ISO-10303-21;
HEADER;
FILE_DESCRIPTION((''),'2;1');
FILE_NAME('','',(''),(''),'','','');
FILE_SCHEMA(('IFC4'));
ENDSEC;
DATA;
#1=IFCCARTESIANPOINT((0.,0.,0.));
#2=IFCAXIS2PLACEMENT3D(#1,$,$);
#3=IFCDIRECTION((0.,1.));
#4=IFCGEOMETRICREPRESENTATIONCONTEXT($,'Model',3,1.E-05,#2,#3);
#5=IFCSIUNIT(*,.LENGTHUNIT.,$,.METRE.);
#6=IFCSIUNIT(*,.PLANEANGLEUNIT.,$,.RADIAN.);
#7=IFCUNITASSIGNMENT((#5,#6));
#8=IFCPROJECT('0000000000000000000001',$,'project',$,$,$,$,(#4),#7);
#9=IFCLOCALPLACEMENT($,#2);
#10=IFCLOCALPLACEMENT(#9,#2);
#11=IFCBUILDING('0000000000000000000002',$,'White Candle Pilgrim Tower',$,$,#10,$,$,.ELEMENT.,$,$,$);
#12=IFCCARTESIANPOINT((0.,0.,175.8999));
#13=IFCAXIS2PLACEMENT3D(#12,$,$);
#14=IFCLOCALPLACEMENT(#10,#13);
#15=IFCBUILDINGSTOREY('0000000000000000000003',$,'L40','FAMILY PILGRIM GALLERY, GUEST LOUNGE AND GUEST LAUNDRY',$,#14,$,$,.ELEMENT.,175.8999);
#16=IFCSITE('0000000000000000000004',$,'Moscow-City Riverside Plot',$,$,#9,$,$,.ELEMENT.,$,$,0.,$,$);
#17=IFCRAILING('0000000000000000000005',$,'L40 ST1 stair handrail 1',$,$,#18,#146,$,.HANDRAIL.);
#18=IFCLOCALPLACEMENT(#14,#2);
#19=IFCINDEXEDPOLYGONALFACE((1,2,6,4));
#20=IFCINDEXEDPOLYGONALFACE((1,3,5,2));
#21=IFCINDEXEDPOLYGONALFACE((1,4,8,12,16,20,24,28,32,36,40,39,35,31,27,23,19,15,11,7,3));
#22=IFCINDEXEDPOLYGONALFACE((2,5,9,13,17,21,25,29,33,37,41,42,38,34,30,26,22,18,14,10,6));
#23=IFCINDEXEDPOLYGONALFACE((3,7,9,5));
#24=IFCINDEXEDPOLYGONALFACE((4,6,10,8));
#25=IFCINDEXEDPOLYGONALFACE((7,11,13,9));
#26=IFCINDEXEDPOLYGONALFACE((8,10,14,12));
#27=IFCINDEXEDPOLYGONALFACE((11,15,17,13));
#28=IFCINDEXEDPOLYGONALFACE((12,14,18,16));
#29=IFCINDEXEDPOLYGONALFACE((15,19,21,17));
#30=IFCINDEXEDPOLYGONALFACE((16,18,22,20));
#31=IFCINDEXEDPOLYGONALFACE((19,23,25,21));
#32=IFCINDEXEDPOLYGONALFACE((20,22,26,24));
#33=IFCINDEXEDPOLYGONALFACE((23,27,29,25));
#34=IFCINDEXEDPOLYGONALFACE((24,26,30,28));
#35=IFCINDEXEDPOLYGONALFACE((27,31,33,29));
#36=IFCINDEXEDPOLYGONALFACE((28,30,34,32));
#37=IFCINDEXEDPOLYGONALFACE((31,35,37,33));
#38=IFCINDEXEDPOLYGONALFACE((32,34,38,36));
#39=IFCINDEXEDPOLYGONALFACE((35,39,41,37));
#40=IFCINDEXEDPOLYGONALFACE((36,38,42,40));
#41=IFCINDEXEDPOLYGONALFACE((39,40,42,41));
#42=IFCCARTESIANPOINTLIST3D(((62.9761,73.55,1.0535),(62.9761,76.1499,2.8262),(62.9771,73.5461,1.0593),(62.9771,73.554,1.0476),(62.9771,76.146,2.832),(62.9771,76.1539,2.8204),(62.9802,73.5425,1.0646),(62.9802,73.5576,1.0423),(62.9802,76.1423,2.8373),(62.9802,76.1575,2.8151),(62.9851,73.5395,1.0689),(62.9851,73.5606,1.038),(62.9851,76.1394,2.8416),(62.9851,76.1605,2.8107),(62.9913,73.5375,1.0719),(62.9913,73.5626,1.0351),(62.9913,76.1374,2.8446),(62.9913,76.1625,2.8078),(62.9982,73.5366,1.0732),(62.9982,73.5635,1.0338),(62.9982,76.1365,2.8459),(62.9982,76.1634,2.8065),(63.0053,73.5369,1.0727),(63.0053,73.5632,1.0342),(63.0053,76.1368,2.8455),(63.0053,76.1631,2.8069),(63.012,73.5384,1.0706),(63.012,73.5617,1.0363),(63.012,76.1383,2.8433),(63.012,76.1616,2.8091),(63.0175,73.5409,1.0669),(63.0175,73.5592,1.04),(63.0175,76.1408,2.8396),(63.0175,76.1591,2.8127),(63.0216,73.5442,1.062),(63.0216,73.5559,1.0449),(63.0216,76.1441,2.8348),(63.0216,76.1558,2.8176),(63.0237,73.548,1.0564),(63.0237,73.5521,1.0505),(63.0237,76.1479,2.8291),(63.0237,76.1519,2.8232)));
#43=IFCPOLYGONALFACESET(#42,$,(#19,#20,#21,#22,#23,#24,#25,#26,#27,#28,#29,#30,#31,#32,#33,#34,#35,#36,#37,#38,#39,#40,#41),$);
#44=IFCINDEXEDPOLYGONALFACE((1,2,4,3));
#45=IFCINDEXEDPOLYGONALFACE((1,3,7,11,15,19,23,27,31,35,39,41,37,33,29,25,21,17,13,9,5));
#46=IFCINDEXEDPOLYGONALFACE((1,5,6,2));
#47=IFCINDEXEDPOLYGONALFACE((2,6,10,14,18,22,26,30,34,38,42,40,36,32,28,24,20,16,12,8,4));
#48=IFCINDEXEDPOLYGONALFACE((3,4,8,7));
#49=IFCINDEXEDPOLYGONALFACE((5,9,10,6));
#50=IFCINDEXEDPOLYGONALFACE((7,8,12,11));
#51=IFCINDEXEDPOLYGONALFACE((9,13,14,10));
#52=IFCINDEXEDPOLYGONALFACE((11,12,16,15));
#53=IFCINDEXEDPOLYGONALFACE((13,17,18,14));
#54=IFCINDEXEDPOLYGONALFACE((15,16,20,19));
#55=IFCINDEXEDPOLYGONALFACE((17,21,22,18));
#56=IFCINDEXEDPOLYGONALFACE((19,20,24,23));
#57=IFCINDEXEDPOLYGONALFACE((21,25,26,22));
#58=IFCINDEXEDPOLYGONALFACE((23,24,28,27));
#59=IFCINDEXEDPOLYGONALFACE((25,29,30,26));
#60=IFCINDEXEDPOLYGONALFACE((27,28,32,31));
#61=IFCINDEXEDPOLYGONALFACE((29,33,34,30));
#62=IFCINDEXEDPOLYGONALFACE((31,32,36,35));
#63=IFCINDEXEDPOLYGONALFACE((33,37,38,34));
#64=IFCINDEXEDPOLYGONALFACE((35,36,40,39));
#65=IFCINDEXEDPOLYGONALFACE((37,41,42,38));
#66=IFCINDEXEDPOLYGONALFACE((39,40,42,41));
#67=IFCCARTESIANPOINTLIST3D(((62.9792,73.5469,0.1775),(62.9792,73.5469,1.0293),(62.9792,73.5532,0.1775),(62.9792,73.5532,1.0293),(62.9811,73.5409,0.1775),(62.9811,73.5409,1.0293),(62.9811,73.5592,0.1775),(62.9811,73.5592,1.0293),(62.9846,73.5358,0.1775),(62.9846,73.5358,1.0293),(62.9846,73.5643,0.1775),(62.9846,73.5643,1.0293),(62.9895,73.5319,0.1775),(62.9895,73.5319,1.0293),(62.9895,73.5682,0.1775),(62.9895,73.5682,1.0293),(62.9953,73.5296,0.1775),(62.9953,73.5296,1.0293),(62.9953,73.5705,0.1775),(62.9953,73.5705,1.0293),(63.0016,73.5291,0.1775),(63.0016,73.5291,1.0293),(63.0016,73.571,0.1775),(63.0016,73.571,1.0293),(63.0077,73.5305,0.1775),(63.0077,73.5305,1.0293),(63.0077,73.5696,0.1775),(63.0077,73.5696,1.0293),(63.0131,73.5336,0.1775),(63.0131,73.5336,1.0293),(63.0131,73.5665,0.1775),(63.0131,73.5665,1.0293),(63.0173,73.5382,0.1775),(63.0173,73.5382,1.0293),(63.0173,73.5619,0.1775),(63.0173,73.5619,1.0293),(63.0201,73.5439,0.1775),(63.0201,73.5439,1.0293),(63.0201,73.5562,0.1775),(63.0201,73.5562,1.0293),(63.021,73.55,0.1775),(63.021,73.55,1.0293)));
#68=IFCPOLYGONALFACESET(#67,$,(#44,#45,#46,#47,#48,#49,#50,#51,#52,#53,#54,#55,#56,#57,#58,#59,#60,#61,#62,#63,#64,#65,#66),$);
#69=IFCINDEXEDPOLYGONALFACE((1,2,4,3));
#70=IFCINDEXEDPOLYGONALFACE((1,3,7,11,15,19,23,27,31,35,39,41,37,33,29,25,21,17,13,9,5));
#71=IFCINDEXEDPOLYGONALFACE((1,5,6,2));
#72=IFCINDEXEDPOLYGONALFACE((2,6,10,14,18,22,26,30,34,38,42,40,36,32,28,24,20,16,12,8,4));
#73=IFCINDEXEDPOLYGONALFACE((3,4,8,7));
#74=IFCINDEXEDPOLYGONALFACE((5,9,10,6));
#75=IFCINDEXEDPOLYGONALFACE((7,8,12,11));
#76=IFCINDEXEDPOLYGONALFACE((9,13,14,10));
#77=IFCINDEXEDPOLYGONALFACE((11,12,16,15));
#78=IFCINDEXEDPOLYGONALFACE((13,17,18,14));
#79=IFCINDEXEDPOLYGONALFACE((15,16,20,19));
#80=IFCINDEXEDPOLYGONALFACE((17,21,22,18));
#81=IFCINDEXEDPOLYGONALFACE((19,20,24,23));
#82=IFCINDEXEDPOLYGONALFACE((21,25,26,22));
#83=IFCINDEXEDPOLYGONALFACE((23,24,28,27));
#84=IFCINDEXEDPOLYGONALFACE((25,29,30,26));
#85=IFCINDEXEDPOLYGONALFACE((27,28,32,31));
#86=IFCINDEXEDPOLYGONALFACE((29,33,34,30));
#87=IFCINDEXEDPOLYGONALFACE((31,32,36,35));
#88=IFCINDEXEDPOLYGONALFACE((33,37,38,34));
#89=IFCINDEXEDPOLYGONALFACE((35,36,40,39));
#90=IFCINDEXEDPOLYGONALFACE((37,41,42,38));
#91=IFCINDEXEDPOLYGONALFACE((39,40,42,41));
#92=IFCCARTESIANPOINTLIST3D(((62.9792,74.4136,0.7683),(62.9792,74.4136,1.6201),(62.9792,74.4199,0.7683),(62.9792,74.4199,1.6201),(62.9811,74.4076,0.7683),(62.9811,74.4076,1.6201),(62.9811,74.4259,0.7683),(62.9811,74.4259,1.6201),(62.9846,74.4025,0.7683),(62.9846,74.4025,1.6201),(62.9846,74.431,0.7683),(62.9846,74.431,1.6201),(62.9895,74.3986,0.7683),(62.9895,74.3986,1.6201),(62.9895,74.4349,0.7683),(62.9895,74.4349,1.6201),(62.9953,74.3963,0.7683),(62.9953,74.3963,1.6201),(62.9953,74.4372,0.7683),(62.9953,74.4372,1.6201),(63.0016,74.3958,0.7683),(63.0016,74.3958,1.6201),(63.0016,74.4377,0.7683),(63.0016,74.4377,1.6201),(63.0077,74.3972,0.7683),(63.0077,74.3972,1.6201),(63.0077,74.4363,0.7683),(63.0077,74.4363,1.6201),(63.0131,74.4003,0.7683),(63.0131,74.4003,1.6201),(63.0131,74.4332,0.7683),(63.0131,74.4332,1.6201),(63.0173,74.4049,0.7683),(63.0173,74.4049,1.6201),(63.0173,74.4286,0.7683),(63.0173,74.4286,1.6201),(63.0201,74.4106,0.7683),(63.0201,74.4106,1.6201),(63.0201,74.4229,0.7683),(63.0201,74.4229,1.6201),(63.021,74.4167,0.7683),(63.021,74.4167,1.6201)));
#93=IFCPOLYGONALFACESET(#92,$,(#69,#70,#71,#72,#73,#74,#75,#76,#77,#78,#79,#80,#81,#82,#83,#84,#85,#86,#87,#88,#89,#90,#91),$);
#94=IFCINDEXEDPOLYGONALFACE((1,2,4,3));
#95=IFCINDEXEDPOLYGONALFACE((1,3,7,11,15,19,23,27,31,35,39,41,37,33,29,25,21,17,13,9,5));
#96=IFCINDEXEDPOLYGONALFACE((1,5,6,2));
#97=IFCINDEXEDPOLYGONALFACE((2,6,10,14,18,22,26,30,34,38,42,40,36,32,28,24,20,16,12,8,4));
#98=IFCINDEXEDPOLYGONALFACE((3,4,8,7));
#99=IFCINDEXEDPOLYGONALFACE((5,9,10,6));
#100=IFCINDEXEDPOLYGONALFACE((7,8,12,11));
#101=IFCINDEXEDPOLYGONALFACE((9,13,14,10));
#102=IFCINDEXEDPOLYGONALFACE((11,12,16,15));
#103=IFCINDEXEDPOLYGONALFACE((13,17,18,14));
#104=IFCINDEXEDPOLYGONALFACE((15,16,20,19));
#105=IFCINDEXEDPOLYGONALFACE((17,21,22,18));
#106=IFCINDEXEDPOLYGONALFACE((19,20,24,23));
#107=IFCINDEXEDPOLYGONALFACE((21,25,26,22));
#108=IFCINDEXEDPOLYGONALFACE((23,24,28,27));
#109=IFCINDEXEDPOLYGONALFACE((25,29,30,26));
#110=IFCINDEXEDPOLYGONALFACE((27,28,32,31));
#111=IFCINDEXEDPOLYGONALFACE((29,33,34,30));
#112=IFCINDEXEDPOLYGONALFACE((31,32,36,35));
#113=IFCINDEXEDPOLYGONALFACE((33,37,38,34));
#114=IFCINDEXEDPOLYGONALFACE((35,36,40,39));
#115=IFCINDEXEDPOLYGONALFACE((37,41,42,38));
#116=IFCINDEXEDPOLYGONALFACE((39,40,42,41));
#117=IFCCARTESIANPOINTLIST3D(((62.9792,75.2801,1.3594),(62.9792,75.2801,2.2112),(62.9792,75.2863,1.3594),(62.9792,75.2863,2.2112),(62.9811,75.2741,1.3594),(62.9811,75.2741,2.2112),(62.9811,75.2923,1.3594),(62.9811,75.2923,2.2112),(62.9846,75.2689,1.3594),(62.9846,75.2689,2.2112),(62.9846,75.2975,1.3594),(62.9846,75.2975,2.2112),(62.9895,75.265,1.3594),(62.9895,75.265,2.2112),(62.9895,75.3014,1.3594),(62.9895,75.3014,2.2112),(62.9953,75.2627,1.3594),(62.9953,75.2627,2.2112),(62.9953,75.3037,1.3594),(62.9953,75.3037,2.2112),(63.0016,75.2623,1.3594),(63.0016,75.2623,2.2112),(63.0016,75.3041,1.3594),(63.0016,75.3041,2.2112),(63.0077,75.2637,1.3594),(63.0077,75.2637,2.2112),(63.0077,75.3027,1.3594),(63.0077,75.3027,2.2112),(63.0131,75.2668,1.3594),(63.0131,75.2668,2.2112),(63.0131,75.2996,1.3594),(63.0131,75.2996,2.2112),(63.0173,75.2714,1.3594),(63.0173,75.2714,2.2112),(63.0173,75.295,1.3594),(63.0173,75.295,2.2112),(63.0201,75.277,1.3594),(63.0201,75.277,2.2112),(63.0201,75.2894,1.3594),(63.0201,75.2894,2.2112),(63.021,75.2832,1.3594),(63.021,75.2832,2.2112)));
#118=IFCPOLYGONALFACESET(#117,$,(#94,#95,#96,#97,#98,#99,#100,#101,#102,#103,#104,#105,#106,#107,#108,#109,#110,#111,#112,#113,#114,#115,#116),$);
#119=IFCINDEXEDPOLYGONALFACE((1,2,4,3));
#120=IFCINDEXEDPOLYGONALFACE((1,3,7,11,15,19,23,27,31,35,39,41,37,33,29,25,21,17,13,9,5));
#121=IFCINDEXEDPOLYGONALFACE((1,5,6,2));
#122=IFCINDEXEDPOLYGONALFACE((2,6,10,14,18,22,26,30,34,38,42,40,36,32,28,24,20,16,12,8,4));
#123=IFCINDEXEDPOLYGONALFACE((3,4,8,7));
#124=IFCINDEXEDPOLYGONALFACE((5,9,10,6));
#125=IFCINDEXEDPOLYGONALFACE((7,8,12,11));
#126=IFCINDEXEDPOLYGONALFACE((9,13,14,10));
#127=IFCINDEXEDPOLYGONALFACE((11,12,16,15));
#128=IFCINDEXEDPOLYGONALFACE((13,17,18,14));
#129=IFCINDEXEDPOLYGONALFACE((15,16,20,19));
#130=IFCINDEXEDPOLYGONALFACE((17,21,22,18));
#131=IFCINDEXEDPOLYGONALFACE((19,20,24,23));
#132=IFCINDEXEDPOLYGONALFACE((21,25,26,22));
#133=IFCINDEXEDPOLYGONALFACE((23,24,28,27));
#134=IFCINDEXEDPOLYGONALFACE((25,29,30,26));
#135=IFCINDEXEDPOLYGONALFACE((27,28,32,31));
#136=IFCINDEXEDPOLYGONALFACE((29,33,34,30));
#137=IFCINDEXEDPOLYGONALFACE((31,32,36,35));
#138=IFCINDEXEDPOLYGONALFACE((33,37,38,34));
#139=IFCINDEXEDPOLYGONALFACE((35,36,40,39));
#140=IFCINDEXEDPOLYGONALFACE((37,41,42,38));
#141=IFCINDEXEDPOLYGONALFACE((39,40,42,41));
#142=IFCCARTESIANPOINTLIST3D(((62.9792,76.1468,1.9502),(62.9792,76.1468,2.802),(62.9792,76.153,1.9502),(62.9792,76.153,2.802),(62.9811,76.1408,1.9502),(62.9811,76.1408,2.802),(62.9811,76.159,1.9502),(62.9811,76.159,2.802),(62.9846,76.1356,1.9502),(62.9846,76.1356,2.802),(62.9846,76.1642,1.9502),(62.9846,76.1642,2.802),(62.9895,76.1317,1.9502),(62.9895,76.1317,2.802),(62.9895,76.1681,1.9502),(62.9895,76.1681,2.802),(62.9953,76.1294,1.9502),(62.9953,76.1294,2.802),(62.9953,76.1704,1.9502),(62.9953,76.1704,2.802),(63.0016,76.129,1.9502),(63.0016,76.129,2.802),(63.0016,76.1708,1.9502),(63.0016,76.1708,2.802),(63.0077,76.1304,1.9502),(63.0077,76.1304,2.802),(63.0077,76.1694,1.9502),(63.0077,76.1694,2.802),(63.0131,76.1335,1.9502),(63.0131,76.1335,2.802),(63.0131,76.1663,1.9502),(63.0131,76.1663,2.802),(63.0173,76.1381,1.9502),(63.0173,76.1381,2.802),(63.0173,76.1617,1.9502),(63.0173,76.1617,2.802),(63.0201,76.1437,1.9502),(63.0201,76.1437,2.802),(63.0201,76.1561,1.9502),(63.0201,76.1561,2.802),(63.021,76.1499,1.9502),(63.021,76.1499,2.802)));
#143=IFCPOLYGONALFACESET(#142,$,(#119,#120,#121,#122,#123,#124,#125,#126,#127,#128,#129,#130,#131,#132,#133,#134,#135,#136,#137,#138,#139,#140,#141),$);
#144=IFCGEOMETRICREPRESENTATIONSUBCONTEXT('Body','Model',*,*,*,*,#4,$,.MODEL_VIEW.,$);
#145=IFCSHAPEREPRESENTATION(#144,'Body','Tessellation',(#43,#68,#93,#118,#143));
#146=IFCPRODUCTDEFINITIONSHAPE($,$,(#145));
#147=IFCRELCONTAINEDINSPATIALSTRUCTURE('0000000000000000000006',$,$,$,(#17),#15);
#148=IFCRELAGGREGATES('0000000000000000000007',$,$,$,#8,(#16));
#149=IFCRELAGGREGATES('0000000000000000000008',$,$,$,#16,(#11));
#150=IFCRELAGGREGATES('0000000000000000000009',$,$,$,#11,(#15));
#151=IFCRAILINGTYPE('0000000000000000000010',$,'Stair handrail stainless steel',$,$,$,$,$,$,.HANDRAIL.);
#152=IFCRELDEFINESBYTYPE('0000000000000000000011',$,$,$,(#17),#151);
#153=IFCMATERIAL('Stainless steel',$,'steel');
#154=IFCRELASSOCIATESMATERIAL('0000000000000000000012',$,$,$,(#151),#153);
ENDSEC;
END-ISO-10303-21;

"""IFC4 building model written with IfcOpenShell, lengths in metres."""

from ifc_helpers import new_model, si_unit, direction, frame, origin, origin_2d, place, context, subcontext, project, spatial, circle, extrude, material, type_object, element, save


model = new_model("IFC4")

# Units and contexts
model_context = context("Model", 3, precision=1e-05, world=origin(), true_north=direction((0.0, 1.0)))
body_context = subcontext(model_context, "Body", "Model", "MODEL_VIEW")
ifc_project = project(units=[si_unit("LENGTHUNIT", "METRE"), si_unit("PLANEANGLEUNIT", "RADIAN")], contexts=[model_context])

# Site, building, storey
site_placement = place(None, origin())
site = spatial("IfcSite", under=ifc_project, at=site_placement, Name="Moscow-City Riverside Plot", CompositionType="ELEMENT", RefElevation=0.0)
building_placement = place(site_placement, origin())
building = spatial("IfcBuilding", under=site, at=building_placement, Name="White Candle Pilgrim Tower", CompositionType="ELEMENT")
storey_placement = place(building_placement, frame((0.0, 0.0, 175.8999)))
storey = spatial("IfcBuildingStorey", under=building, at=storey_placement, Name="L40", Description="FAMILY PILGRIM GALLERY, GUEST LOUNGE AND GUEST LAUNDRY", CompositionType="ELEMENT", Elevation=175.8999)

# Shared definitions
ifc_material_1 = material(Name="Stainless steel", Category="steel")

# Railing
railing_type_1 = type_object("IfcRailingType", Name="Stair handrail stainless steel", PredefinedType="HANDRAIL", material=ifc_material_1)
railing_1_placement = place(storey_placement, frame((63.0, 73.55, 0.1775)))
element("IfcRailing", 1, at=railing_1_placement, inside=storey, type_object=railing_type_1, Name="L40 ST1 stair handrail 1", PredefinedType="HANDRAIL", context=body_context, shape_type="SweptSolid", body=[
    extrude(circle(Radius=0.0239, at=origin_2d()), frame((0.0, 0.0, 0.876), z_axis=(0.0, 0.826216, 0.563354), x_axis=(-1.0, 0.0, 0.0)), (0.0, 0.0, 1.0), 3.1467),
    extrude(circle(Radius=0.021, at=origin_2d()), origin(), (0.0, 0.0, 1.0), 0.8518),
    extrude(circle(Radius=0.021, at=origin_2d()), frame((0.0, 0.8667, 0.5908)), (0.0, 0.0, 1.0), 0.8518),
    extrude(circle(Radius=0.021, at=origin_2d()), frame((0.0, 1.7332, 1.1819)), (0.0, 0.0, 1.0), 0.8518),
    extrude(circle(Radius=0.021, at=origin_2d()), frame((0.0, 2.5999, 1.7727)), (0.0, 0.0, 1.0), 0.8518),
])

save(model, "model.ifc")
